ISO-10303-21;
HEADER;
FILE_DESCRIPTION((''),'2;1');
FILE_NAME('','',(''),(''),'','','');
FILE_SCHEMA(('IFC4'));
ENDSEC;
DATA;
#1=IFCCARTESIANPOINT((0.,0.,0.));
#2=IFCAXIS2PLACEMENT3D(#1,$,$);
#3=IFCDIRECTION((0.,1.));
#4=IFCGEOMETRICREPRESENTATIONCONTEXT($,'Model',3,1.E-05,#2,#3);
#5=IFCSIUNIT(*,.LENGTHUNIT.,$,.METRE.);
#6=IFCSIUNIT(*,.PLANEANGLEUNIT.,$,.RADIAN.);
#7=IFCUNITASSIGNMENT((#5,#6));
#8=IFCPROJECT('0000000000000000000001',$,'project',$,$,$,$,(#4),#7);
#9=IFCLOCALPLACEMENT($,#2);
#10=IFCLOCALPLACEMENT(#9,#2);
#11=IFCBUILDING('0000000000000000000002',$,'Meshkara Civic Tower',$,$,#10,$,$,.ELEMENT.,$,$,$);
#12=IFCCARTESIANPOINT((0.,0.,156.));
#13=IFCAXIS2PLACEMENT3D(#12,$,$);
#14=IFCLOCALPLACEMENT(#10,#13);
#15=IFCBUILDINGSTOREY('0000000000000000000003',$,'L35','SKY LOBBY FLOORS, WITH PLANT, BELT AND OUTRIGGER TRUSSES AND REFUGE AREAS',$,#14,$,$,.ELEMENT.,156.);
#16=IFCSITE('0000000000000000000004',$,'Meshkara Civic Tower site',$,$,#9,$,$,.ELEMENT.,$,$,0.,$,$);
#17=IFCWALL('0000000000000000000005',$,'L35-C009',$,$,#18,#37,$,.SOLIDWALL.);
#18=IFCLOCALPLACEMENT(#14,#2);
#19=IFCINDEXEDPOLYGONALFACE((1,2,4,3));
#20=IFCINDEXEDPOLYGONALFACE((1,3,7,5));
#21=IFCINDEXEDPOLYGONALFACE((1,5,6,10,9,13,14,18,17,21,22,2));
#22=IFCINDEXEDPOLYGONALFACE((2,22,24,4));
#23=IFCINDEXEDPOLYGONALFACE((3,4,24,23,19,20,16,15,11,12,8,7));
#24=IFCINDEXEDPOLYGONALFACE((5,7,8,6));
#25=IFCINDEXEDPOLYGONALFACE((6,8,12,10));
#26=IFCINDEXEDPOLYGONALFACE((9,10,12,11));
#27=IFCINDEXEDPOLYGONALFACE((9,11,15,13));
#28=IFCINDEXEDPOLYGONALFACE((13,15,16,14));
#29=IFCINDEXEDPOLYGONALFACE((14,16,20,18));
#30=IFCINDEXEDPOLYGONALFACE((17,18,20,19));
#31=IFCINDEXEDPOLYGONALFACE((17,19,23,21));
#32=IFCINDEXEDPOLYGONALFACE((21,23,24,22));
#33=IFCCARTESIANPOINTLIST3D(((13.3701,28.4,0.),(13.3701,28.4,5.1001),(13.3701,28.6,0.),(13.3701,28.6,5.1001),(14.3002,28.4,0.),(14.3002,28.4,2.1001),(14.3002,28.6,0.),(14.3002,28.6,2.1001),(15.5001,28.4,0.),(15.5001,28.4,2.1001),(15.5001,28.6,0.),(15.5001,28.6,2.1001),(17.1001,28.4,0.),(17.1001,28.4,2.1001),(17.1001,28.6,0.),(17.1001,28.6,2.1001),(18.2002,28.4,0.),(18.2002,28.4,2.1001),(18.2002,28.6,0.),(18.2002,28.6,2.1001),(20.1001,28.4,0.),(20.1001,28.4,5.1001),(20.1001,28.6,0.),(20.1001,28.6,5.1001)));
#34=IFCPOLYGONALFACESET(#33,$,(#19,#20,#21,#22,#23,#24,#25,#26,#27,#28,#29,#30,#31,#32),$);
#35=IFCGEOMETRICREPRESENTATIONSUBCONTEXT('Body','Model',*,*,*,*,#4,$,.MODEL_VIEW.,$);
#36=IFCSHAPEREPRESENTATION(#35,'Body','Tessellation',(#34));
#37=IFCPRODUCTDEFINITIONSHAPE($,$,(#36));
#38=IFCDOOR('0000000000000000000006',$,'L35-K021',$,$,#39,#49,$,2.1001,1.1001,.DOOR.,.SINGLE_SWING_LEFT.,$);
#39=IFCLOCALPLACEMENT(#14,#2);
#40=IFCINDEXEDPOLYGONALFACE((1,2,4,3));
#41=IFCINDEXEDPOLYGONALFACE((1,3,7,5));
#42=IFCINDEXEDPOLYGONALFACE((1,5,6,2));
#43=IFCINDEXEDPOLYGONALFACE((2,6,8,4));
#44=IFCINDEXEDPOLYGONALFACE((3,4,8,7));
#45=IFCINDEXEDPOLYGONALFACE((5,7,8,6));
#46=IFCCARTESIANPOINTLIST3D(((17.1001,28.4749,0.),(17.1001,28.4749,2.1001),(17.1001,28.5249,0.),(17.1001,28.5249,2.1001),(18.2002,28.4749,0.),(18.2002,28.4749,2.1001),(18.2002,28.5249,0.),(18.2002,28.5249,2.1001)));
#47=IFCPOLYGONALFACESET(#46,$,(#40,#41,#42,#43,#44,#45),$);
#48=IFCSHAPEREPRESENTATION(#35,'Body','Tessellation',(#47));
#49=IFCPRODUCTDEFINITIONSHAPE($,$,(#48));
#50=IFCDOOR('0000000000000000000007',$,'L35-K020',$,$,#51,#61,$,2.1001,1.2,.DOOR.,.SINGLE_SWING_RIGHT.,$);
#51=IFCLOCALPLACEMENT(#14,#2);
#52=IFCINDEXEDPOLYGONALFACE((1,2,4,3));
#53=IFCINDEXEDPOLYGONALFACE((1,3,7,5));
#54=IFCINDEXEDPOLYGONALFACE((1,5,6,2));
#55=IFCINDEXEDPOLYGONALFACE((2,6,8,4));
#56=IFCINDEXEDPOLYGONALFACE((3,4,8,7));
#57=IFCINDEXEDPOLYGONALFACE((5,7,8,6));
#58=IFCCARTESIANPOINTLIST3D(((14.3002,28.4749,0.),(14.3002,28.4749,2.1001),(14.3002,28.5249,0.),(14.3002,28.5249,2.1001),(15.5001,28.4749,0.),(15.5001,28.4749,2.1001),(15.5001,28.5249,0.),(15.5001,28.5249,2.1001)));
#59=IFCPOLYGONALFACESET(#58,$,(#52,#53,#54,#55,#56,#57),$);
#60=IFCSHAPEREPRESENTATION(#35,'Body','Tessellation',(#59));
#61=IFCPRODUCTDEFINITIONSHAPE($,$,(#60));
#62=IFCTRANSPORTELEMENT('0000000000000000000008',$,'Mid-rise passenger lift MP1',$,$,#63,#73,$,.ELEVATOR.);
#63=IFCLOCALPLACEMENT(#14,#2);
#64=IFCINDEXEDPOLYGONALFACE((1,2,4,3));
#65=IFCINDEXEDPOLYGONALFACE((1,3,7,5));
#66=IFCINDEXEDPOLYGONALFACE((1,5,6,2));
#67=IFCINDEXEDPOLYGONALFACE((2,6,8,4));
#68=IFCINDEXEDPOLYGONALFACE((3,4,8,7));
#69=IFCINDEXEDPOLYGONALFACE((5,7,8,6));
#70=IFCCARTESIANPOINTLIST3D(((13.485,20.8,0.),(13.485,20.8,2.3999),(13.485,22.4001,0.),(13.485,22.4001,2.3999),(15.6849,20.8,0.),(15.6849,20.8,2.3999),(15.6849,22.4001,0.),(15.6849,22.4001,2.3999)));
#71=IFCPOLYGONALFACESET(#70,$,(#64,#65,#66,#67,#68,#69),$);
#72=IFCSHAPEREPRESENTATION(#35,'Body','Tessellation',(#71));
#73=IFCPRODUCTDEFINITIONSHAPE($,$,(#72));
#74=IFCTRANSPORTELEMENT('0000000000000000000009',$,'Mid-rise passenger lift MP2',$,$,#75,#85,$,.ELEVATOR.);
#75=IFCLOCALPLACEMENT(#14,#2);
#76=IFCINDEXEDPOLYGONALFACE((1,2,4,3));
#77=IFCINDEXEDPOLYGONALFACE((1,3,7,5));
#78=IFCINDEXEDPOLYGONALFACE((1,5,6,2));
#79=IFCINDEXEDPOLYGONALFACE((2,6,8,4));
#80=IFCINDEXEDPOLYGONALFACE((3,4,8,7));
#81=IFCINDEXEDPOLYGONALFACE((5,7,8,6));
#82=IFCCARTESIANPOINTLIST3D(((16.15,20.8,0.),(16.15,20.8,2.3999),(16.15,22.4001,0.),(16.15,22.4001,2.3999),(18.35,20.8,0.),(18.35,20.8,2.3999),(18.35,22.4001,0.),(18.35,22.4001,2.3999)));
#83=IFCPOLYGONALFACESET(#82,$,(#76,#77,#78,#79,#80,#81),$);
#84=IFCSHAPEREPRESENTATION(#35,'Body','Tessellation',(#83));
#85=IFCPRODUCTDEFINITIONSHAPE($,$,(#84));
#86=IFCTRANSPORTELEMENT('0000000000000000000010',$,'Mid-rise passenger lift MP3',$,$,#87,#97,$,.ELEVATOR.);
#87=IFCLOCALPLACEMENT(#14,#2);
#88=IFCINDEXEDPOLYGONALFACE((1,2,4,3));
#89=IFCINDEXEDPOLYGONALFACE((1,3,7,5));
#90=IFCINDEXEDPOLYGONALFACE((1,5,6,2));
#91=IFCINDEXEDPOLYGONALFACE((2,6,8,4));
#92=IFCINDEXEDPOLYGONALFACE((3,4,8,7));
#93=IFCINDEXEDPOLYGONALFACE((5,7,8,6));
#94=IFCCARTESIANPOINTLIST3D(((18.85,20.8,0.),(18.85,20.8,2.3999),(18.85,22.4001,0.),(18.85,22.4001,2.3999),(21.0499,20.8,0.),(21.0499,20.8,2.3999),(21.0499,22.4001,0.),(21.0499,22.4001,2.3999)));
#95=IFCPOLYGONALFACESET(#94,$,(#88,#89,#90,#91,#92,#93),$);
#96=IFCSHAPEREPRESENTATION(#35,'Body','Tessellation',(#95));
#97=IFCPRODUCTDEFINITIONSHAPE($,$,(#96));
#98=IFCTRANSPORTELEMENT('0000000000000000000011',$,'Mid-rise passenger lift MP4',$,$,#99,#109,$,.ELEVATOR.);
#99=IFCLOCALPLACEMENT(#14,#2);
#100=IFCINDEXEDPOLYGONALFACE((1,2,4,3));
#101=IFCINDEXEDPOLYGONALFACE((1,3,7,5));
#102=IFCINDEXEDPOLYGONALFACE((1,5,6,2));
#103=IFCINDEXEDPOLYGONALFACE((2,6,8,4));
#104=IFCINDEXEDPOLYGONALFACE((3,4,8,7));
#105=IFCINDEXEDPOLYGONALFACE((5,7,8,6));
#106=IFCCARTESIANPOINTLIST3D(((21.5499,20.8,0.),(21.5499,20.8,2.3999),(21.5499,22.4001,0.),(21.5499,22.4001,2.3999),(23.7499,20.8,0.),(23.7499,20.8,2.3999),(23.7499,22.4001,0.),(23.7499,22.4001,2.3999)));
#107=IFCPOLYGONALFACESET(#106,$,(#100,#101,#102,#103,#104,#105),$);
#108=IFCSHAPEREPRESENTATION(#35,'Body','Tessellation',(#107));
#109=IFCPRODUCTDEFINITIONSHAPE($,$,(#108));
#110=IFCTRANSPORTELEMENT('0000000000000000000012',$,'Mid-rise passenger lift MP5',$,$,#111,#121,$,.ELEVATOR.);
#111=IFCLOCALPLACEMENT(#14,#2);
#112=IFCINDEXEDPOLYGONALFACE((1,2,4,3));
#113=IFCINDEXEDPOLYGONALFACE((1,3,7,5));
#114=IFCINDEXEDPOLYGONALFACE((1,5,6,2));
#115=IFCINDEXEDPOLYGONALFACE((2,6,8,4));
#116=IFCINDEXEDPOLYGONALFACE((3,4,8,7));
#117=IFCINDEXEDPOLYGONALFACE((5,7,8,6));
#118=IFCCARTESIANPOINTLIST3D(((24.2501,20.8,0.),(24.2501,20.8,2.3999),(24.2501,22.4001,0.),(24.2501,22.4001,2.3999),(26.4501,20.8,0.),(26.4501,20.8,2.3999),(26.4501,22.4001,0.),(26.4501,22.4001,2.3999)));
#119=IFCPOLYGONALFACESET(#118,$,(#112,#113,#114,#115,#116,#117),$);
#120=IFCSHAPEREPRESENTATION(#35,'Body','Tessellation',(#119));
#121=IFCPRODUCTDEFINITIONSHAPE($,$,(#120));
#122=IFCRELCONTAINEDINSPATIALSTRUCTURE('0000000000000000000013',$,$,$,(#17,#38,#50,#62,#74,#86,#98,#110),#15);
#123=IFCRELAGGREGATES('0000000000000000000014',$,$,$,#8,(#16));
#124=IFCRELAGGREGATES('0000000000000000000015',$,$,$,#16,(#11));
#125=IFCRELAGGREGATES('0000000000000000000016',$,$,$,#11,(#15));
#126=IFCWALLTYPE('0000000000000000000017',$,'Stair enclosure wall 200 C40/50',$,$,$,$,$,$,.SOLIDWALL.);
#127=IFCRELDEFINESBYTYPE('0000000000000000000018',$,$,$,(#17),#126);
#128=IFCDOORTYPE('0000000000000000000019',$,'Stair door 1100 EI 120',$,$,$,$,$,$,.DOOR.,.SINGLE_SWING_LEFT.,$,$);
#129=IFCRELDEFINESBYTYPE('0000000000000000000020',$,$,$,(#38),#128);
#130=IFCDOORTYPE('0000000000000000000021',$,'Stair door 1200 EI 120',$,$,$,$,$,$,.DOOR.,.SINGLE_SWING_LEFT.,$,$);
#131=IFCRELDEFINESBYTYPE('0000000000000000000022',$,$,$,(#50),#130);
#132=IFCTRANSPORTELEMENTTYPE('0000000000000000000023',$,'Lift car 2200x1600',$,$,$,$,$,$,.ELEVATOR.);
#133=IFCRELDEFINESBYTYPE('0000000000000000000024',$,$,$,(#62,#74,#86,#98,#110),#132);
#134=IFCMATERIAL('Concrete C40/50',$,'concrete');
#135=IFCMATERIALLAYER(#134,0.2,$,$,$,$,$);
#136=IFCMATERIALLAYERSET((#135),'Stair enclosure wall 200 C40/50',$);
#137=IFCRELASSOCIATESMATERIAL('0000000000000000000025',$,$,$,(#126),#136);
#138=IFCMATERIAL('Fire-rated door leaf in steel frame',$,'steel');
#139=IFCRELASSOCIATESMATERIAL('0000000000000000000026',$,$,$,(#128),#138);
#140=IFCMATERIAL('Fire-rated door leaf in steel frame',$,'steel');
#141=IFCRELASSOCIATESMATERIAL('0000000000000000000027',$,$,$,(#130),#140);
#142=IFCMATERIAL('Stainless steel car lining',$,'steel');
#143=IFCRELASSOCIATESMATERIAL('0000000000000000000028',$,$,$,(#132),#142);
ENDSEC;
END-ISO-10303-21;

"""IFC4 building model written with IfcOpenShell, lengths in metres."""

from ifc_helpers import new_model, si_unit, direction, frame, frame_2d, origin, origin_2d, place, context, subcontext, project, spatial, rectangle, extrude, material, layer, layer_set, type_object, element, fill, save


model = new_model("IFC4")

# Units and contexts
model_context = context("Model", 3, precision=1e-05, world=origin(), true_north=direction((0.0, 1.0)))
body_context = subcontext(model_context, "Body", "Model", "MODEL_VIEW")
ifc_project = project(units=[si_unit("LENGTHUNIT", "METRE"), si_unit("PLANEANGLEUNIT", "RADIAN")], contexts=[model_context])

# Site, building, storey
site_placement = place(None, origin())
site = spatial("IfcSite", under=ifc_project, at=site_placement, Name="Meshkara Civic Tower site", CompositionType="ELEMENT", RefElevation=0.0)
building_placement = place(site_placement, origin())
building = spatial("IfcBuilding", under=site, at=building_placement, Name="Meshkara Civic Tower", CompositionType="ELEMENT")
storey_placement = place(building_placement, frame((0.0, 0.0, 156.0)))
storey = spatial("IfcBuildingStorey", under=building, at=storey_placement, Name="L35", Description="SKY LOBBY FLOORS, WITH PLANT, BELT AND OUTRIGGER TRUSSES AND REFUGE AREAS", CompositionType="ELEMENT", Elevation=156.0)

# Wall, openings, doors
ifc_material_1 = material(Name="Concrete C40/50", Category="concrete")
ifc_layer_1 = layer(ifc_material_1, 0.2)
ifc_layer_set_1 = layer_set([ifc_layer_1], Name="Stair enclosure wall 200 C40/50")
wall_type_1 = type_object("IfcWallType", Name="Stair enclosure wall 200 C40/50", PredefinedType="SOLIDWALL", material=ifc_layer_set_1)
wall_1_placement = place(storey_placement, frame((13.3701, 28.5, 0.0), z_axis=(0.0, 0.0, 1.0), x_axis=(1.0, 0.0, 0.0)))
wall_1 = element("IfcWall", 1, at=wall_1_placement, inside=storey, type_object=wall_type_1, Name="L35-C009", PredefinedType="SOLIDWALL", context=body_context, shape_type="SweptSolid", body=[
    extrude(rectangle(XDim=6.73, YDim=0.2, at=frame_2d((3.365, 0.0))), origin(), (0.0, 0.0, 1.0), 5.1001),
])
opening_1_placement = place(wall_1_placement, frame((0.9299, 0.0, 0.0)))
opening_1 = element("IfcOpeningElement", 2, at=opening_1_placement, cuts=wall_1, PredefinedType="OPENING", context=body_context, shape_type="SweptSolid", body=[
    extrude(rectangle(XDim=1.2, YDim=2.1001, at=frame_2d((0.6001, 1.05))), frame((0.0, 0.1099, 0.0), z_axis=(0.0, -1.0, 0.0), x_axis=(1.0, 0.0, 0.0)), (0.0, 0.0, 1.0), 0.22),
])
opening_2_placement = place(wall_1_placement, frame((3.73, 0.0, 0.0)))
opening_2 = element("IfcOpeningElement", 3, at=opening_2_placement, cuts=wall_1, PredefinedType="OPENING", context=body_context, shape_type="SweptSolid", body=[
    extrude(rectangle(XDim=1.1001, YDim=2.1001, at=frame_2d((0.55, 1.05))), frame((0.0, 0.1099, 0.0), z_axis=(0.0, -1.0, 0.0), x_axis=(1.0, 0.0, 0.0)), (0.0, 0.0, 1.0), 0.22),
])
ifc_material_2 = material(Name="Fire-rated door leaf in steel frame", Category="steel")
door_type_1 = type_object("IfcDoorType", Name="Stair door 1100 EI 120", OperationType="SINGLE_SWING_LEFT", PredefinedType="DOOR", material=ifc_material_2)
door_1_placement = place(opening_2_placement, origin())
door_1 = element("IfcDoor", 4, at=door_1_placement, inside=storey, type_object=door_type_1, Name="L35-K021", OperationType="SINGLE_SWING_LEFT", OverallHeight=2.1001, OverallWidth=1.1001, PredefinedType="DOOR", context=body_context, shape_type="SweptSolid", body=[
    extrude(rectangle(XDim=1.1001, YDim=2.1001, at=frame_2d((0.55, 1.05))), frame((0.0, 0.0249, 0.0), z_axis=(0.0, -1.0, 0.0), x_axis=(1.0, 0.0, 0.0)), (0.0, 0.0, 1.0), 0.05),
])
fill(opening_2, door_1)
ifc_material_3 = material(Name="Fire-rated door leaf in steel frame", Category="steel")
door_type_2 = type_object("IfcDoorType", Name="Stair door 1200 EI 120", OperationType="SINGLE_SWING_LEFT", PredefinedType="DOOR", material=ifc_material_3)
door_2_placement = place(opening_1_placement, origin())
door_2 = element("IfcDoor", 5, at=door_2_placement, inside=storey, type_object=door_type_2, Name="L35-K020", OperationType="SINGLE_SWING_RIGHT", OverallHeight=2.1001, OverallWidth=1.2, PredefinedType="DOOR", context=body_context, shape_type="SweptSolid", body=[
    extrude(rectangle(XDim=1.2, YDim=2.1001, at=frame_2d((0.6001, 1.05))), frame((0.0, 0.0249, 0.0), z_axis=(0.0, -1.0, 0.0), x_axis=(1.0, 0.0, 0.0)), (0.0, 0.0, 1.0), 0.05),
])
fill(opening_1, door_2)

# Transport elements
ifc_material_4 = material(Name="Stainless steel car lining", Category="steel")
transport_element_type = type_object("IfcTransportElementType", Name="Lift car 2200x1600", PredefinedType="ELEVATOR", material=ifc_material_4)
for number, where, z_axis, x_axis, name in (
    (6, (14.585, 21.6001, 0.0), (0.0, 0.0, 1.0), (1.0, 0.0, 0.0), "Mid-rise passenger lift MP1"),
    (7, (17.25, 21.6001, 0.0), (0.0, 0.0, 1.0), (1.0, 0.0, 0.0), "Mid-rise passenger lift MP2"),
    (8, (19.95, 21.6001, 0.0), (0.0, 0.0, 1.0), (1.0, 0.0, 0.0), "Mid-rise passenger lift MP3"),
    (9, (22.6499, 21.6001, 0.0), (0.0, 0.0, 1.0), (1.0, 0.0, 0.0), "Mid-rise passenger lift MP4"),
    (10, (25.3501, 21.6001, 0.0), (0.0, 0.0, 1.0), (1.0, 0.0, 0.0), "Mid-rise passenger lift MP5"),
):
    element("IfcTransportElement", number, at=place(storey_placement, frame(where, z_axis=z_axis, x_axis=x_axis)), inside=storey, type_object=transport_element_type, Name=name, PredefinedType="ELEVATOR", context=body_context, shape_type="SweptSolid", body=[
        extrude(rectangle(XDim=2.2, YDim=1.6001, at=origin_2d()), origin(), (0.0, 0.0, 1.0), 2.3999),
    ])

save(model, "model.ifc")
